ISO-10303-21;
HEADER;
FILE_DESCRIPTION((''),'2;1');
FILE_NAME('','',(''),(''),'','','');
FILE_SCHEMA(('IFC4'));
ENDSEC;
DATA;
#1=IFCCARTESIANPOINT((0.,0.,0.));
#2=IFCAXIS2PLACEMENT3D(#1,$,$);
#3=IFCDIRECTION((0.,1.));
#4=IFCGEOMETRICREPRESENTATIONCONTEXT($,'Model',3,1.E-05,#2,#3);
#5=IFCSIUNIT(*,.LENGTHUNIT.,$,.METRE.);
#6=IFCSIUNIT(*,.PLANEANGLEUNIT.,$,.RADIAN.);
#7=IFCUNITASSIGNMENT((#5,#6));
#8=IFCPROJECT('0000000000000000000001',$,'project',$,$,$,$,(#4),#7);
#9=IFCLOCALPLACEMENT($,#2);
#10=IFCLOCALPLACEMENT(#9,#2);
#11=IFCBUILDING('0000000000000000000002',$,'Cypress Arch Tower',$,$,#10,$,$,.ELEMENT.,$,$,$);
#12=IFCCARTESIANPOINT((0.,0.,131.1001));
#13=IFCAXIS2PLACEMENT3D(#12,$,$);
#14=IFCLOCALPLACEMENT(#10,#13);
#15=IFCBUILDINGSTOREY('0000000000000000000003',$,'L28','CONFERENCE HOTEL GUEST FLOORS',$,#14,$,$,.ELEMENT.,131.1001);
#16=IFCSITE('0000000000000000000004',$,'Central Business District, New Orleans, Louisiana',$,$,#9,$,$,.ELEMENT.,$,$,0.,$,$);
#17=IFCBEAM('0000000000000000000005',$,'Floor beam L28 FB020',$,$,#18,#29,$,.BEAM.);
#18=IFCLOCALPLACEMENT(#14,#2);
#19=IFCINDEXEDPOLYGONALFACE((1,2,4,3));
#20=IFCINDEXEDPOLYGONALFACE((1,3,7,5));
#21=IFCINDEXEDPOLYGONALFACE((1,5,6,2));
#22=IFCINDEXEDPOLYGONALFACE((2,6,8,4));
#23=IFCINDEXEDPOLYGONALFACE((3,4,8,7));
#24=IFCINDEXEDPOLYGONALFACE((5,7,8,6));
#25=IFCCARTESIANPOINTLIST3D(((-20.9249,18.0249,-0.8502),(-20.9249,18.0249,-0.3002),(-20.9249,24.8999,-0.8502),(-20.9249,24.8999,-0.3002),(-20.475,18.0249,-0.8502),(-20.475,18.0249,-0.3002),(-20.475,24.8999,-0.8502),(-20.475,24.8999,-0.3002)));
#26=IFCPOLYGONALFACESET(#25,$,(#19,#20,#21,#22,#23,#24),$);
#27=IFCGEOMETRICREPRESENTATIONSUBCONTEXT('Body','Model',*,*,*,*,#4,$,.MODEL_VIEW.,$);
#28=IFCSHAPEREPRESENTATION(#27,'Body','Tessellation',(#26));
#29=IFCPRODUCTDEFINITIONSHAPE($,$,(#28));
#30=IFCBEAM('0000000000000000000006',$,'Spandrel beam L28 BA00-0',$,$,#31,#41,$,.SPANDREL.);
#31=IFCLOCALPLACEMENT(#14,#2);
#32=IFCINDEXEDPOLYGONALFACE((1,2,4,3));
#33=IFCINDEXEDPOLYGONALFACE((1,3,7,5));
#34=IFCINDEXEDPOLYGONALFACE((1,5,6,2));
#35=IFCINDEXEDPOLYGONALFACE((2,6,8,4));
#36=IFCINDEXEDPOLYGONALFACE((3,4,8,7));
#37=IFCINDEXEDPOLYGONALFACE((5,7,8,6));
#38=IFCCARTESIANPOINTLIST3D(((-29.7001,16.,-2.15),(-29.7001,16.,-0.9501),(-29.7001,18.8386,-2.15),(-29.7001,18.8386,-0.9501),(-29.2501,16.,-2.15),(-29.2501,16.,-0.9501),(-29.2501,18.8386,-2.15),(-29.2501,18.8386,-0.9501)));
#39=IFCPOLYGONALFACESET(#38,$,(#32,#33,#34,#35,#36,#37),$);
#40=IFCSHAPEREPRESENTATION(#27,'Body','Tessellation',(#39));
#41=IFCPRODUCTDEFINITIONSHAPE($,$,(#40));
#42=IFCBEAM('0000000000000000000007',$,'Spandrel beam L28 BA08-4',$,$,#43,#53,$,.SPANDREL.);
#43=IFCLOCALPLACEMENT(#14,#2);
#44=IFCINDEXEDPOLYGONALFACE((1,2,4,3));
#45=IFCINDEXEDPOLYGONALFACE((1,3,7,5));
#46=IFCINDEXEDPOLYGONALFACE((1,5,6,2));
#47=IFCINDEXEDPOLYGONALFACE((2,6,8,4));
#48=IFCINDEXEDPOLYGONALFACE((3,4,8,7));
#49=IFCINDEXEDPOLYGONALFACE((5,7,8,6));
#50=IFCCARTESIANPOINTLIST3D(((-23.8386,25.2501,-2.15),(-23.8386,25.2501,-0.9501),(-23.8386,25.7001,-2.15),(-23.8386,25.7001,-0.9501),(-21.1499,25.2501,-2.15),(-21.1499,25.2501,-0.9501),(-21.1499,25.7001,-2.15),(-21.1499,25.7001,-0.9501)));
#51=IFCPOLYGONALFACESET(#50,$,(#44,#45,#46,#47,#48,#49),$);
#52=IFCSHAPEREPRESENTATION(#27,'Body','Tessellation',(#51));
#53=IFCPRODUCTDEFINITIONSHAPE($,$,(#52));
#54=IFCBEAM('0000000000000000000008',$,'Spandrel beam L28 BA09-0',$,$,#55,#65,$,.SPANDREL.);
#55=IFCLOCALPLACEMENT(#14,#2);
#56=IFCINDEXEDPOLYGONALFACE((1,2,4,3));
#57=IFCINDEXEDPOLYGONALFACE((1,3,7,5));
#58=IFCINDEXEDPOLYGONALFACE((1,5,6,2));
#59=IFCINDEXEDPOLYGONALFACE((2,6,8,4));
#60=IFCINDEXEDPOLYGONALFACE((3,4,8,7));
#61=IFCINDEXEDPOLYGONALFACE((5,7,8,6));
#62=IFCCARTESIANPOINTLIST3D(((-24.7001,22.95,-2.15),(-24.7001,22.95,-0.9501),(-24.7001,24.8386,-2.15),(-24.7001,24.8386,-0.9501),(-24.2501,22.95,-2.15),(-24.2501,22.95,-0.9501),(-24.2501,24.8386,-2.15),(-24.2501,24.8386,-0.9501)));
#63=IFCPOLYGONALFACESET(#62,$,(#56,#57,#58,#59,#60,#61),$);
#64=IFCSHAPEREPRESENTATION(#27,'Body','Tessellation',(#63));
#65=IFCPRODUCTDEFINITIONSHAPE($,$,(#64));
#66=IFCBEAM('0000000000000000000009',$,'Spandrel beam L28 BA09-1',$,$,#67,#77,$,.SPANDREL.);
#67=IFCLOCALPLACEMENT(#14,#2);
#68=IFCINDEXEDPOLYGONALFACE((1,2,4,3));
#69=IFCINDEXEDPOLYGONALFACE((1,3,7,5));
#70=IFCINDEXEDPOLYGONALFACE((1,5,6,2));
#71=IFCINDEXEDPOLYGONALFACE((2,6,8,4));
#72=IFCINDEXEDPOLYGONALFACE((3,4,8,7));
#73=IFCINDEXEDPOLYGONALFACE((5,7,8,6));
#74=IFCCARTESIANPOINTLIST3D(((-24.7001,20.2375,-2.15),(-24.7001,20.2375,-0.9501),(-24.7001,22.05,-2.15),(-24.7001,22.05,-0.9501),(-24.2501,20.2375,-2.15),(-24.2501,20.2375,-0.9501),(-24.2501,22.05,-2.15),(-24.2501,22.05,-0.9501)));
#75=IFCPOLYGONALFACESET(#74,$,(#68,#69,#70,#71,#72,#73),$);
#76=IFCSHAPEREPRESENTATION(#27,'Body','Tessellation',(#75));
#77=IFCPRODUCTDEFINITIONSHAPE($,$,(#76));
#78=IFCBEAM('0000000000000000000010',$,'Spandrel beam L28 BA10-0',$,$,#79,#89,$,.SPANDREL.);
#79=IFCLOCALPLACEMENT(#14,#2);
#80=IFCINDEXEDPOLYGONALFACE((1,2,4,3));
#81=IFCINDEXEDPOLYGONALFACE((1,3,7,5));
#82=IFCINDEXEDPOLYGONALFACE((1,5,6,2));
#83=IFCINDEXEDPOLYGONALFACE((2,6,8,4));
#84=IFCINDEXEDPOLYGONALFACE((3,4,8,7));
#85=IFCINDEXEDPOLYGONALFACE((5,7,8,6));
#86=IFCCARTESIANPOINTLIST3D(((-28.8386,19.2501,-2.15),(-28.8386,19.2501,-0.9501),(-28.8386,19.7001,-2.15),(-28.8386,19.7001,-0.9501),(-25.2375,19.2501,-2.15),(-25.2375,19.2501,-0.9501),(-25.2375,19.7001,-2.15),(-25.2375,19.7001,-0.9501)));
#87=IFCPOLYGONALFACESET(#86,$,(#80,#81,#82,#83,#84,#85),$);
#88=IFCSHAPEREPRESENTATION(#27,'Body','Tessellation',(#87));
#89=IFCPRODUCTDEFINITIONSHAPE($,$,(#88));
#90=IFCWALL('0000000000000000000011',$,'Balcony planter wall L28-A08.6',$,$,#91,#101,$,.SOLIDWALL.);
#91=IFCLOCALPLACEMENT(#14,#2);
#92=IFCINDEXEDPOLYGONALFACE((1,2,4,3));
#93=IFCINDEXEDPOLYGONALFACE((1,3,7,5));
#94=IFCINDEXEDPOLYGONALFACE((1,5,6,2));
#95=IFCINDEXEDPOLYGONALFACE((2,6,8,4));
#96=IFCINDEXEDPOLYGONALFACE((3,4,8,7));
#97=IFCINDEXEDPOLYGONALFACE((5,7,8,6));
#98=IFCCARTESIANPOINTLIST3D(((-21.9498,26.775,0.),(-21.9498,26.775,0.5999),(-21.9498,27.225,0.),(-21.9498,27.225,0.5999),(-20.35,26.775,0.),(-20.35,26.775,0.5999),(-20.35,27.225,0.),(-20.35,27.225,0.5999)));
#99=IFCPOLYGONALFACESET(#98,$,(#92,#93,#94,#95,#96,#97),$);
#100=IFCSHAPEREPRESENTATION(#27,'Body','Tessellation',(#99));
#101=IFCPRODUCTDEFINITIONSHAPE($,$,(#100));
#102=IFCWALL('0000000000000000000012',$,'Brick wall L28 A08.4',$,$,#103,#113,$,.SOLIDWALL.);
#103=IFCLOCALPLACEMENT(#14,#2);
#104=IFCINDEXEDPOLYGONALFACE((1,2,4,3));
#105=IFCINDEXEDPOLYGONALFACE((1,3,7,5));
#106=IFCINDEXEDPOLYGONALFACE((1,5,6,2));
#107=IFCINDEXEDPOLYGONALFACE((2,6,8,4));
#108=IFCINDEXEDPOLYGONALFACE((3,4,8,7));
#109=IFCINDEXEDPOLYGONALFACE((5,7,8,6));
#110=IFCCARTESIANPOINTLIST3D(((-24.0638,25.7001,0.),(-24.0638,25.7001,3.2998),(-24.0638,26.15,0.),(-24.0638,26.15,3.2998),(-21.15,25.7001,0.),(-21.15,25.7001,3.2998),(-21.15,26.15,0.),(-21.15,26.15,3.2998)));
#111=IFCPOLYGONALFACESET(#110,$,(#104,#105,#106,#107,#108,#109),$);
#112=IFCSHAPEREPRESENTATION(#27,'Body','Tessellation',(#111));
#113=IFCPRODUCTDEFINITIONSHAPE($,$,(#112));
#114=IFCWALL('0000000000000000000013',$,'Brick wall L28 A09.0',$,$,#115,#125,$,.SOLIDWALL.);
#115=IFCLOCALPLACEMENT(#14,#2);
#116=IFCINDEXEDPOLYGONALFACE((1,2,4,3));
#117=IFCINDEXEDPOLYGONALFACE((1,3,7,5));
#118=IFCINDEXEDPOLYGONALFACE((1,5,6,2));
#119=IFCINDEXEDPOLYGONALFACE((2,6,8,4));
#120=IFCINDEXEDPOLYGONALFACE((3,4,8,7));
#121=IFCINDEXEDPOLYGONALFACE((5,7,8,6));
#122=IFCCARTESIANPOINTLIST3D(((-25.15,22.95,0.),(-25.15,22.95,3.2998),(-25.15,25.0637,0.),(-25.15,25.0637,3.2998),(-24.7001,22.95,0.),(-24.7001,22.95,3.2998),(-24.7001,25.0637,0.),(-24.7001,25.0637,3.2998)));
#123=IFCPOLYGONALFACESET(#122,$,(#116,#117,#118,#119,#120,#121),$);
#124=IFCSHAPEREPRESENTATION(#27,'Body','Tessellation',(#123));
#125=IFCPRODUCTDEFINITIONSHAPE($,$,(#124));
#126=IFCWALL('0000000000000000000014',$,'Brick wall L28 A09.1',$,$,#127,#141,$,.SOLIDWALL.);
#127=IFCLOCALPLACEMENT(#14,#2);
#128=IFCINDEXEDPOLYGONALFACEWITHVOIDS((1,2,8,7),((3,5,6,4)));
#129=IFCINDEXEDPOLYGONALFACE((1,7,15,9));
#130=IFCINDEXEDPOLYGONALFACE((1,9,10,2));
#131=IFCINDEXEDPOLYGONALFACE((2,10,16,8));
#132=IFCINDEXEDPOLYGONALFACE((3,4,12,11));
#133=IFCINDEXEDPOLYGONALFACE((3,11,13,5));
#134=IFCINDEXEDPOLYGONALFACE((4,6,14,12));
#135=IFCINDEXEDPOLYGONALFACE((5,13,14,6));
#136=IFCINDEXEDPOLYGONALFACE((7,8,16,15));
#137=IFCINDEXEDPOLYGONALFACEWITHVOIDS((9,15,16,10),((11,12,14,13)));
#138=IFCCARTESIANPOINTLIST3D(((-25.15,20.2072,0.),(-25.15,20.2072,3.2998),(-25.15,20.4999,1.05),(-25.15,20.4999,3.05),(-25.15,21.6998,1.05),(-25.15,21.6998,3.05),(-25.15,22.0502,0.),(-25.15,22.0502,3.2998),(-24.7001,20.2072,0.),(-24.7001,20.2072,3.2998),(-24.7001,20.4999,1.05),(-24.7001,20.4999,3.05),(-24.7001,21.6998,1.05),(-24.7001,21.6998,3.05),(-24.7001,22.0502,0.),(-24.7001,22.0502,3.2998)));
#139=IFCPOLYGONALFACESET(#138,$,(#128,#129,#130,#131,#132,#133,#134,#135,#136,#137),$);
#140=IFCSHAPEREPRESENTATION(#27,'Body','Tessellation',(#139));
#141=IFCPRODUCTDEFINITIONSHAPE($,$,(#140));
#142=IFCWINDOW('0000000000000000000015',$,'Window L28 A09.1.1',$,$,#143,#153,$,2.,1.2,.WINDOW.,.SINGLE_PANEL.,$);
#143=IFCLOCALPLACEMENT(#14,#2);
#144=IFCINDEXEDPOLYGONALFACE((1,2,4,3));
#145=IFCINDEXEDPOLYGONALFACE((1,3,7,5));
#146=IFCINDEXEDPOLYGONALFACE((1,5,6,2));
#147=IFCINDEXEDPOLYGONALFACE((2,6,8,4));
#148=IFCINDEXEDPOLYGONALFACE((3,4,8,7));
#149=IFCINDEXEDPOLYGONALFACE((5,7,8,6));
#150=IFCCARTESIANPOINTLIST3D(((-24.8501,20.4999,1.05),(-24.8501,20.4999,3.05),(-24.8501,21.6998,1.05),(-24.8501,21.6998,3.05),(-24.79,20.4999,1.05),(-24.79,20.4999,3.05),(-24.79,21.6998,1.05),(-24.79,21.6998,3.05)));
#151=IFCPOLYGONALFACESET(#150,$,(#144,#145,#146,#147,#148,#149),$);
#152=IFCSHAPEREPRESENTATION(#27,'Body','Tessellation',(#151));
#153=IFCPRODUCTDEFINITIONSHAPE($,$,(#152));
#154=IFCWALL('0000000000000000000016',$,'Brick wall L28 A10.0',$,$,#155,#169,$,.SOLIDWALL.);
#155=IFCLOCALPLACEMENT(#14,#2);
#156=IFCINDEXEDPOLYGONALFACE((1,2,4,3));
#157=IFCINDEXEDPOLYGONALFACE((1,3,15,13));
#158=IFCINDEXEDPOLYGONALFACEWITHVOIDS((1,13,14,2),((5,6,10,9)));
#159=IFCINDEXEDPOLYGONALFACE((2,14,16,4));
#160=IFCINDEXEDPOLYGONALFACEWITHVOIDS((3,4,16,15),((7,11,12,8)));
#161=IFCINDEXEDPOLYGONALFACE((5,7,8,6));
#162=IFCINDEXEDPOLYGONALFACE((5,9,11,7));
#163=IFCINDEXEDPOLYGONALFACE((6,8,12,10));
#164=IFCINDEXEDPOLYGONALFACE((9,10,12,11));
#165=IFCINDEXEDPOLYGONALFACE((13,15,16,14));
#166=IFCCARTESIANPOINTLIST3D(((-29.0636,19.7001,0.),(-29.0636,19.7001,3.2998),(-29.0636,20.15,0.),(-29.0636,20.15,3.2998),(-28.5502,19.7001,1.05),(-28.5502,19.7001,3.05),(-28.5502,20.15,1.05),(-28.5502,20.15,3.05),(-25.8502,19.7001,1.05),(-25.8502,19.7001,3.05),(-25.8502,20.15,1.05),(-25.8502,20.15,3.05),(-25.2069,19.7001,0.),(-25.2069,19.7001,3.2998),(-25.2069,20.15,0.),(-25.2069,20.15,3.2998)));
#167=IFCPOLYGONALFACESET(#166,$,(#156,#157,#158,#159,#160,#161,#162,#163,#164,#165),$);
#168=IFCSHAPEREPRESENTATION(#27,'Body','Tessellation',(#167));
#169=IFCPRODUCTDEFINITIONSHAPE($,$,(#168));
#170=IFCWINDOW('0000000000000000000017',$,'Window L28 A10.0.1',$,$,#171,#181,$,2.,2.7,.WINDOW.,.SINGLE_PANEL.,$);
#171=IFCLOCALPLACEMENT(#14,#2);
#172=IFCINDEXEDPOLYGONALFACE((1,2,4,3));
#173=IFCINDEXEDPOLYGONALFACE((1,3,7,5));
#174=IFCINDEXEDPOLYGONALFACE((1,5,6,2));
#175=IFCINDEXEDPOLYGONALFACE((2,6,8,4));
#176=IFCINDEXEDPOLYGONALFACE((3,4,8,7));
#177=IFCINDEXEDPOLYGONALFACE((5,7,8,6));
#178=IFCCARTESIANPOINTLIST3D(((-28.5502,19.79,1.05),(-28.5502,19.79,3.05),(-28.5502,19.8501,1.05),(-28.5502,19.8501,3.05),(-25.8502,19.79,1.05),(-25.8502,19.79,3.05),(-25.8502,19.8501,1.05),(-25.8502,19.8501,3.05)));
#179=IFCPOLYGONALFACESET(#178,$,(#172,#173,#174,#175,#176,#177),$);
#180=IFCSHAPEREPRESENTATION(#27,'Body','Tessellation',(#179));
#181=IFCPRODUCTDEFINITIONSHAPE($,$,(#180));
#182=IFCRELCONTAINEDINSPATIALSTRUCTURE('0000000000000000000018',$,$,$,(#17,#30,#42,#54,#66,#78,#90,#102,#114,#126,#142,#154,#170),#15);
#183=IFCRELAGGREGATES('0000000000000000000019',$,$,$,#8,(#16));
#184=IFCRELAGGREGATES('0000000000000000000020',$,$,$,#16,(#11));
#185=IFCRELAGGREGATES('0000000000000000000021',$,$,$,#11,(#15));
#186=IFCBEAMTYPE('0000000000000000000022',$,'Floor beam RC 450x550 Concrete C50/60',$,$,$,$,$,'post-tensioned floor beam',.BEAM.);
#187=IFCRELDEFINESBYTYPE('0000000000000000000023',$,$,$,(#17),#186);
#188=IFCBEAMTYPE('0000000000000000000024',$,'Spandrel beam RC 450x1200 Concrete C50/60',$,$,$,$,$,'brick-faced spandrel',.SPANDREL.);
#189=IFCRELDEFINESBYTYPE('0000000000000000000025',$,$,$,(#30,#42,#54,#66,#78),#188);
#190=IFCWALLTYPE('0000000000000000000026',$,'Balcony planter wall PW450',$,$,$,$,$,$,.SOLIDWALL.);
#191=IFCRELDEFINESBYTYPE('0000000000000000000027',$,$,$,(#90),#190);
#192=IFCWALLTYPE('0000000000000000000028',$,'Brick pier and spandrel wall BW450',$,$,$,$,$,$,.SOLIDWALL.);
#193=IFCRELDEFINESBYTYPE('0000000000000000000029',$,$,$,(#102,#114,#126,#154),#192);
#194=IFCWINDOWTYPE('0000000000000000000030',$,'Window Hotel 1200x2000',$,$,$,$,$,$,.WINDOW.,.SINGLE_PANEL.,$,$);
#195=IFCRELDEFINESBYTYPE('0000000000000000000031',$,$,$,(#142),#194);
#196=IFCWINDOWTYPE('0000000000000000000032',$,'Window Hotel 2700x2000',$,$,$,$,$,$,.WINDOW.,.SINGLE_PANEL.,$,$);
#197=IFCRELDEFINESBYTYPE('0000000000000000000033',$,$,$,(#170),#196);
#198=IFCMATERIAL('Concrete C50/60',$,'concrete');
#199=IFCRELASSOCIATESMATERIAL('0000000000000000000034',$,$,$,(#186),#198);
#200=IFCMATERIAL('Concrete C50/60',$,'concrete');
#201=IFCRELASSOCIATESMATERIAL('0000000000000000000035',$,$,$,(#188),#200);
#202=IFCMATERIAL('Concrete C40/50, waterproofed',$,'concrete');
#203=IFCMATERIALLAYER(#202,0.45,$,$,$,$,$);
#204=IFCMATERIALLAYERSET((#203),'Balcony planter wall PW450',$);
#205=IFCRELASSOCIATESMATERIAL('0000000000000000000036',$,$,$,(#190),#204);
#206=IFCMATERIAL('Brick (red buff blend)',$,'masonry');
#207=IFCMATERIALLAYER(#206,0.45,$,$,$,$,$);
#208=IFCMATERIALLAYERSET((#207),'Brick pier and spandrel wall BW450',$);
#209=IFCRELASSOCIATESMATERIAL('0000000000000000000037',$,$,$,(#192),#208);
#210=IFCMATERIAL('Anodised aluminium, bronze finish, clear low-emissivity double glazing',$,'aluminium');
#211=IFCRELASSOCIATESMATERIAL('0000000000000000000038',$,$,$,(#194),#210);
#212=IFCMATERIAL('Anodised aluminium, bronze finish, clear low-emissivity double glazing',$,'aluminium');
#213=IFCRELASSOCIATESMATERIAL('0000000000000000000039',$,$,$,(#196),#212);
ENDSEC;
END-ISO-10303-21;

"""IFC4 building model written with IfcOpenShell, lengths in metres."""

from ifc_helpers import new_model, si_unit, direction, frame, frame_2d, origin, origin_2d, place, context, subcontext, project, spatial, rectangle, extrude, material, layer, layer_set, material_profile, profile_set, type_object, element, fill, save


model = new_model("IFC4")

# Units and contexts
model_context = context("Model", 3, precision=1e-05, world=origin(), true_north=direction((0.0, 1.0)))
body_context = subcontext(model_context, "Body", "Model", "MODEL_VIEW")
ifc_project = project(units=[si_unit("LENGTHUNIT", "METRE"), si_unit("PLANEANGLEUNIT", "RADIAN")], contexts=[model_context])

# Site, building, storey
site_placement = place(None, origin())
site = spatial("IfcSite", under=ifc_project, at=site_placement, Name="Central Business District, New Orleans, Louisiana", CompositionType="ELEMENT", RefElevation=0.0)
building_placement = place(site_placement, origin())
building = spatial("IfcBuilding", under=site, at=building_placement, Name="Cypress Arch Tower", CompositionType="ELEMENT")
storey_placement = place(building_placement, frame((0.0, 0.0, 131.1001)))
storey = spatial("IfcBuildingStorey", under=building, at=storey_placement, Name="L28", Description="CONFERENCE HOTEL GUEST FLOORS", CompositionType="ELEMENT", Elevation=131.1001)

# Beams
ifc_material_1 = material(Name="Concrete C50/60", Category="concrete")
ifc_material_profile_1 = material_profile(ifc_material_1, rectangle(XDim=0.45, YDim=0.55, at=origin_2d()), Name="RC 450x550")
ifc_profile_set_1 = profile_set([ifc_material_profile_1], Name="Concrete C50/60")
beam_type_1 = type_object("IfcBeamType", Name="Floor beam RC 450x550 Concrete C50/60", ElementType="post-tensioned floor beam", PredefinedType="BEAM", material=ifc_profile_set_1)
beam_1_placement = place(storey_placement, frame((-20.7, 18.0249, -0.5752), z_axis=(0.0, 1.0, 0.0), x_axis=(-1.0, 0.0, 0.0)))
element("IfcBeam", 1, at=beam_1_placement, inside=storey, type_object=beam_type_1, Name="Floor beam L28 FB020", PredefinedType="BEAM", context=body_context, shape_type="SweptSolid", body=[
    extrude(rectangle(XDim=0.45, YDim=0.55, at=origin_2d()), origin(), (0.0, 0.0, 1.0), 6.875),
])
ifc_material_2 = material(Name="Concrete C50/60", Category="concrete")
ifc_material_profile_2 = material_profile(ifc_material_2, rectangle(XDim=0.45, YDim=1.2, at=origin_2d()), Name="RC 450x1200")
ifc_profile_set_2 = profile_set([ifc_material_profile_2], Name="Concrete C50/60")
beam_type_2 = type_object("IfcBeamType", Name="Spandrel beam RC 450x1200 Concrete C50/60", ElementType="brick-faced spandrel", PredefinedType="SPANDREL", material=ifc_profile_set_2)
beam_2_placement = place(storey_placement, frame((-29.4751, 18.8386, -1.55), z_axis=(0.0, -1.0, 0.0), x_axis=(1.0, 0.0, 0.0)))
element("IfcBeam", 2, at=beam_2_placement, inside=storey, type_object=beam_type_2, Name="Spandrel beam L28 BA00-0", PredefinedType="SPANDREL", context=body_context, shape_type="SweptSolid", body=[
    extrude(rectangle(XDim=0.45, YDim=1.2, at=origin_2d()), origin(), (0.0, 0.0, 1.0), 2.8386),
])
beam_3_placement = place(storey_placement, frame((-21.1499, 25.4751, -1.55), z_axis=(-1.0, 0.0, 0.0), x_axis=(0.0, -1.0, 0.0)))
element("IfcBeam", 3, at=beam_3_placement, inside=storey, type_object=beam_type_2, Name="Spandrel beam L28 BA08-4", PredefinedType="SPANDREL", context=body_context, shape_type="SweptSolid", body=[
    extrude(rectangle(XDim=0.45, YDim=1.2, at=origin_2d()), origin(), (0.0, 0.0, 1.0), 2.6887),
])
beam_4_placement = place(storey_placement, frame((-24.4751, 24.8386, -1.55), z_axis=(0.0, -1.0, 0.0), x_axis=(1.0, 0.0, 0.0)))
element("IfcBeam", 4, at=beam_4_placement, inside=storey, type_object=beam_type_2, Name="Spandrel beam L28 BA09-0", PredefinedType="SPANDREL", context=body_context, shape_type="SweptSolid", body=[
    extrude(rectangle(XDim=0.45, YDim=1.2, at=origin_2d()), origin(), (0.0, 0.0, 1.0), 1.8887),
])
beam_5_placement = place(storey_placement, frame((-24.4751, 22.05, -1.55), z_axis=(0.0, -1.0, 0.0), x_axis=(1.0, 0.0, 0.0)))
element("IfcBeam", 5, at=beam_5_placement, inside=storey, type_object=beam_type_2, Name="Spandrel beam L28 BA09-1", PredefinedType="SPANDREL", context=body_context, shape_type="SweptSolid", body=[
    extrude(rectangle(XDim=0.45, YDim=1.2, at=origin_2d()), origin(), (0.0, 0.0, 1.0), 1.8125),
])
beam_6_placement = place(storey_placement, frame((-25.2375, 19.4751, -1.55), z_axis=(-1.0, 0.0, 0.0), x_axis=(0.0, -1.0, 0.0)))
element("IfcBeam", 6, at=beam_6_placement, inside=storey, type_object=beam_type_2, Name="Spandrel beam L28 BA10-0", PredefinedType="SPANDREL", context=body_context, shape_type="SweptSolid", body=[
    extrude(rectangle(XDim=0.45, YDim=1.2, at=origin_2d()), origin(), (0.0, 0.0, 1.0), 3.6011),
])

# Wall
ifc_material_3 = material(Name="Concrete C40/50, waterproofed", Category="concrete")
ifc_layer_1 = layer(ifc_material_3, 0.45)
ifc_layer_set_1 = layer_set([ifc_layer_1], Name="Balcony planter wall PW450")
wall_type_1 = type_object("IfcWallType", Name="Balcony planter wall PW450", PredefinedType="SOLIDWALL", material=ifc_layer_set_1)
wall_1_placement = place(storey_placement, frame((-20.3501, 27.0, 0.0), z_axis=(0.0, 0.0, 1.0), x_axis=(-1.0, 0.0, 0.0)))
element("IfcWall", 7, at=wall_1_placement, inside=storey, type_object=wall_type_1, Name="Balcony planter wall L28-A08.6", PredefinedType="SOLIDWALL", context=body_context, shape_type="SweptSolid", body=[
    extrude(rectangle(XDim=1.5999, YDim=0.45, at=frame_2d((0.7998, 0.0))), origin(), (0.0, 0.0, 1.0), 0.5999),
])

# Shared definitions
ifc_material_4 = material(Name="Brick (red buff blend)", Category="masonry")
ifc_layer_2 = layer(ifc_material_4, 0.45)
ifc_layer_set_2 = layer_set([ifc_layer_2], Name="Brick pier and spandrel wall BW450")
wall_type_2 = type_object("IfcWallType", Name="Brick pier and spandrel wall BW450", PredefinedType="SOLIDWALL", material=ifc_layer_set_2)

# Walls
wall_2_placement = place(storey_placement, frame((-21.1499, 25.925, 0.0), z_axis=(0.0, 0.0, 1.0), x_axis=(-1.0, 0.0, 0.0)))
element("IfcWall", 8, at=wall_2_placement, inside=storey, type_object=wall_type_2, Name="Brick wall L28 A08.4", PredefinedType="SOLIDWALL", context=body_context, shape_type="SweptSolid", body=[
    extrude(rectangle(XDim=2.9138, YDim=0.45, at=frame_2d((1.457, 0.0))), origin(), (0.0, 0.0, 1.0), 3.2998),
])
wall_3_placement = place(storey_placement, frame((-24.925, 25.0637, 0.0), z_axis=(0.0, 0.0, 1.0), x_axis=(0.0, -1.0, 0.0)))
element("IfcWall", 9, at=wall_3_placement, inside=storey, type_object=wall_type_2, Name="Brick wall L28 A09.0", PredefinedType="SOLIDWALL", context=body_context, shape_type="SweptSolid", body=[
    extrude(rectangle(XDim=2.1138, YDim=0.45, at=frame_2d((1.0569, 0.0))), origin(), (0.0, 0.0, 1.0), 3.2998),
])

# Walls, openings, windows
wall_4_placement = place(storey_placement, frame((-24.925, 22.05, 0.0), z_axis=(0.0, 0.0, 1.0), x_axis=(0.0, -1.0, 0.0)))
wall_4 = element("IfcWall", 10, at=wall_4_placement, inside=storey, type_object=wall_type_2, Name="Brick wall L28 A09.1", PredefinedType="SOLIDWALL", context=body_context, shape_type="SweptSolid", body=[
    extrude(rectangle(XDim=1.843, YDim=0.45, at=frame_2d((0.9214, 0.0))), origin(), (0.0, 0.0, 1.0), 3.2998),
])
opening_1_placement = place(wall_4_placement, frame((0.3501, 0.0, 1.05)))
opening_1 = element("IfcOpeningElement", 11, at=opening_1_placement, cuts=wall_4, PredefinedType="OPENING", context=body_context, shape_type="SweptSolid", body=[
    extrude(rectangle(XDim=1.2, YDim=2.0, at=frame_2d((0.6001, 1.0))), frame((0.0, 0.2349, 0.0), z_axis=(0.0, -1.0, 0.0), x_axis=(1.0, 0.0, 0.0)), (0.0, 0.0, 1.0), 0.47),
])
ifc_material_5 = material(Name="Anodised aluminium, bronze finish, clear low-emissivity double glazing", Category="aluminium")
window_type_1 = type_object("IfcWindowType", Name="Window Hotel 1200x2000", PartitioningType="SINGLE_PANEL", PredefinedType="WINDOW", material=ifc_material_5)
window_1_placement = place(opening_1_placement, origin())
window_1 = element("IfcWindow", 12, at=window_1_placement, inside=storey, type_object=window_type_1, Name="Window L28 A09.1.1", OverallHeight=2.0, OverallWidth=1.2, PartitioningType="SINGLE_PANEL", PredefinedType="WINDOW", context=body_context, shape_type="SweptSolid", body=[
    extrude(rectangle(XDim=1.2, YDim=2.0, at=frame_2d((0.6001, 1.0))), frame((0.0, 0.135, 0.0), z_axis=(0.0, -1.0, 0.0), x_axis=(1.0, 0.0, 0.0)), (0.0, 0.0, 1.0), 0.0601),
])
fill(opening_1, window_1)
wall_5_placement = place(storey_placement, frame((-25.207, 19.925, 0.0), z_axis=(0.0, 0.0, 1.0), x_axis=(-1.0, 0.0, 0.0)))
wall_5 = element("IfcWall", 13, at=wall_5_placement, inside=storey, type_object=wall_type_2, Name="Brick wall L28 A10.0", PredefinedType="SOLIDWALL", context=body_context, shape_type="SweptSolid", body=[
    extrude(rectangle(XDim=3.8567, YDim=0.45, at=frame_2d((1.9282, 0.0))), origin(), (0.0, 0.0, 1.0), 3.2998),
])
opening_2_placement = place(wall_5_placement, frame((0.6431, 0.0, 1.05)))
opening_2 = element("IfcOpeningElement", 14, at=opening_2_placement, cuts=wall_5, PredefinedType="OPENING", context=body_context, shape_type="SweptSolid", body=[
    extrude(rectangle(XDim=2.7, YDim=2.0, at=frame_2d((1.3501, 1.0))), frame((0.0, 0.2349, 0.0), z_axis=(0.0, -1.0, 0.0), x_axis=(1.0, 0.0, 0.0)), (0.0, 0.0, 1.0), 0.47),
])
ifc_material_6 = material(Name="Anodised aluminium, bronze finish, clear low-emissivity double glazing", Category="aluminium")
window_type_2 = type_object("IfcWindowType", Name="Window Hotel 2700x2000", PartitioningType="SINGLE_PANEL", PredefinedType="WINDOW", material=ifc_material_6)
window_2_placement = place(opening_2_placement, origin())
window_2 = element("IfcWindow", 15, at=window_2_placement, inside=storey, type_object=window_type_2, Name="Window L28 A10.0.1", OverallHeight=2.0, OverallWidth=2.7, PartitioningType="SINGLE_PANEL", PredefinedType="WINDOW", context=body_context, shape_type="SweptSolid", body=[
    extrude(rectangle(XDim=2.7, YDim=2.0, at=frame_2d((1.3501, 1.0))), frame((0.0, 0.135, 0.0), z_axis=(0.0, -1.0, 0.0), x_axis=(1.0, 0.0, 0.0)), (0.0, 0.0, 1.0), 0.0601),
])
fill(opening_2, window_2)

save(model, "model.ifc")
